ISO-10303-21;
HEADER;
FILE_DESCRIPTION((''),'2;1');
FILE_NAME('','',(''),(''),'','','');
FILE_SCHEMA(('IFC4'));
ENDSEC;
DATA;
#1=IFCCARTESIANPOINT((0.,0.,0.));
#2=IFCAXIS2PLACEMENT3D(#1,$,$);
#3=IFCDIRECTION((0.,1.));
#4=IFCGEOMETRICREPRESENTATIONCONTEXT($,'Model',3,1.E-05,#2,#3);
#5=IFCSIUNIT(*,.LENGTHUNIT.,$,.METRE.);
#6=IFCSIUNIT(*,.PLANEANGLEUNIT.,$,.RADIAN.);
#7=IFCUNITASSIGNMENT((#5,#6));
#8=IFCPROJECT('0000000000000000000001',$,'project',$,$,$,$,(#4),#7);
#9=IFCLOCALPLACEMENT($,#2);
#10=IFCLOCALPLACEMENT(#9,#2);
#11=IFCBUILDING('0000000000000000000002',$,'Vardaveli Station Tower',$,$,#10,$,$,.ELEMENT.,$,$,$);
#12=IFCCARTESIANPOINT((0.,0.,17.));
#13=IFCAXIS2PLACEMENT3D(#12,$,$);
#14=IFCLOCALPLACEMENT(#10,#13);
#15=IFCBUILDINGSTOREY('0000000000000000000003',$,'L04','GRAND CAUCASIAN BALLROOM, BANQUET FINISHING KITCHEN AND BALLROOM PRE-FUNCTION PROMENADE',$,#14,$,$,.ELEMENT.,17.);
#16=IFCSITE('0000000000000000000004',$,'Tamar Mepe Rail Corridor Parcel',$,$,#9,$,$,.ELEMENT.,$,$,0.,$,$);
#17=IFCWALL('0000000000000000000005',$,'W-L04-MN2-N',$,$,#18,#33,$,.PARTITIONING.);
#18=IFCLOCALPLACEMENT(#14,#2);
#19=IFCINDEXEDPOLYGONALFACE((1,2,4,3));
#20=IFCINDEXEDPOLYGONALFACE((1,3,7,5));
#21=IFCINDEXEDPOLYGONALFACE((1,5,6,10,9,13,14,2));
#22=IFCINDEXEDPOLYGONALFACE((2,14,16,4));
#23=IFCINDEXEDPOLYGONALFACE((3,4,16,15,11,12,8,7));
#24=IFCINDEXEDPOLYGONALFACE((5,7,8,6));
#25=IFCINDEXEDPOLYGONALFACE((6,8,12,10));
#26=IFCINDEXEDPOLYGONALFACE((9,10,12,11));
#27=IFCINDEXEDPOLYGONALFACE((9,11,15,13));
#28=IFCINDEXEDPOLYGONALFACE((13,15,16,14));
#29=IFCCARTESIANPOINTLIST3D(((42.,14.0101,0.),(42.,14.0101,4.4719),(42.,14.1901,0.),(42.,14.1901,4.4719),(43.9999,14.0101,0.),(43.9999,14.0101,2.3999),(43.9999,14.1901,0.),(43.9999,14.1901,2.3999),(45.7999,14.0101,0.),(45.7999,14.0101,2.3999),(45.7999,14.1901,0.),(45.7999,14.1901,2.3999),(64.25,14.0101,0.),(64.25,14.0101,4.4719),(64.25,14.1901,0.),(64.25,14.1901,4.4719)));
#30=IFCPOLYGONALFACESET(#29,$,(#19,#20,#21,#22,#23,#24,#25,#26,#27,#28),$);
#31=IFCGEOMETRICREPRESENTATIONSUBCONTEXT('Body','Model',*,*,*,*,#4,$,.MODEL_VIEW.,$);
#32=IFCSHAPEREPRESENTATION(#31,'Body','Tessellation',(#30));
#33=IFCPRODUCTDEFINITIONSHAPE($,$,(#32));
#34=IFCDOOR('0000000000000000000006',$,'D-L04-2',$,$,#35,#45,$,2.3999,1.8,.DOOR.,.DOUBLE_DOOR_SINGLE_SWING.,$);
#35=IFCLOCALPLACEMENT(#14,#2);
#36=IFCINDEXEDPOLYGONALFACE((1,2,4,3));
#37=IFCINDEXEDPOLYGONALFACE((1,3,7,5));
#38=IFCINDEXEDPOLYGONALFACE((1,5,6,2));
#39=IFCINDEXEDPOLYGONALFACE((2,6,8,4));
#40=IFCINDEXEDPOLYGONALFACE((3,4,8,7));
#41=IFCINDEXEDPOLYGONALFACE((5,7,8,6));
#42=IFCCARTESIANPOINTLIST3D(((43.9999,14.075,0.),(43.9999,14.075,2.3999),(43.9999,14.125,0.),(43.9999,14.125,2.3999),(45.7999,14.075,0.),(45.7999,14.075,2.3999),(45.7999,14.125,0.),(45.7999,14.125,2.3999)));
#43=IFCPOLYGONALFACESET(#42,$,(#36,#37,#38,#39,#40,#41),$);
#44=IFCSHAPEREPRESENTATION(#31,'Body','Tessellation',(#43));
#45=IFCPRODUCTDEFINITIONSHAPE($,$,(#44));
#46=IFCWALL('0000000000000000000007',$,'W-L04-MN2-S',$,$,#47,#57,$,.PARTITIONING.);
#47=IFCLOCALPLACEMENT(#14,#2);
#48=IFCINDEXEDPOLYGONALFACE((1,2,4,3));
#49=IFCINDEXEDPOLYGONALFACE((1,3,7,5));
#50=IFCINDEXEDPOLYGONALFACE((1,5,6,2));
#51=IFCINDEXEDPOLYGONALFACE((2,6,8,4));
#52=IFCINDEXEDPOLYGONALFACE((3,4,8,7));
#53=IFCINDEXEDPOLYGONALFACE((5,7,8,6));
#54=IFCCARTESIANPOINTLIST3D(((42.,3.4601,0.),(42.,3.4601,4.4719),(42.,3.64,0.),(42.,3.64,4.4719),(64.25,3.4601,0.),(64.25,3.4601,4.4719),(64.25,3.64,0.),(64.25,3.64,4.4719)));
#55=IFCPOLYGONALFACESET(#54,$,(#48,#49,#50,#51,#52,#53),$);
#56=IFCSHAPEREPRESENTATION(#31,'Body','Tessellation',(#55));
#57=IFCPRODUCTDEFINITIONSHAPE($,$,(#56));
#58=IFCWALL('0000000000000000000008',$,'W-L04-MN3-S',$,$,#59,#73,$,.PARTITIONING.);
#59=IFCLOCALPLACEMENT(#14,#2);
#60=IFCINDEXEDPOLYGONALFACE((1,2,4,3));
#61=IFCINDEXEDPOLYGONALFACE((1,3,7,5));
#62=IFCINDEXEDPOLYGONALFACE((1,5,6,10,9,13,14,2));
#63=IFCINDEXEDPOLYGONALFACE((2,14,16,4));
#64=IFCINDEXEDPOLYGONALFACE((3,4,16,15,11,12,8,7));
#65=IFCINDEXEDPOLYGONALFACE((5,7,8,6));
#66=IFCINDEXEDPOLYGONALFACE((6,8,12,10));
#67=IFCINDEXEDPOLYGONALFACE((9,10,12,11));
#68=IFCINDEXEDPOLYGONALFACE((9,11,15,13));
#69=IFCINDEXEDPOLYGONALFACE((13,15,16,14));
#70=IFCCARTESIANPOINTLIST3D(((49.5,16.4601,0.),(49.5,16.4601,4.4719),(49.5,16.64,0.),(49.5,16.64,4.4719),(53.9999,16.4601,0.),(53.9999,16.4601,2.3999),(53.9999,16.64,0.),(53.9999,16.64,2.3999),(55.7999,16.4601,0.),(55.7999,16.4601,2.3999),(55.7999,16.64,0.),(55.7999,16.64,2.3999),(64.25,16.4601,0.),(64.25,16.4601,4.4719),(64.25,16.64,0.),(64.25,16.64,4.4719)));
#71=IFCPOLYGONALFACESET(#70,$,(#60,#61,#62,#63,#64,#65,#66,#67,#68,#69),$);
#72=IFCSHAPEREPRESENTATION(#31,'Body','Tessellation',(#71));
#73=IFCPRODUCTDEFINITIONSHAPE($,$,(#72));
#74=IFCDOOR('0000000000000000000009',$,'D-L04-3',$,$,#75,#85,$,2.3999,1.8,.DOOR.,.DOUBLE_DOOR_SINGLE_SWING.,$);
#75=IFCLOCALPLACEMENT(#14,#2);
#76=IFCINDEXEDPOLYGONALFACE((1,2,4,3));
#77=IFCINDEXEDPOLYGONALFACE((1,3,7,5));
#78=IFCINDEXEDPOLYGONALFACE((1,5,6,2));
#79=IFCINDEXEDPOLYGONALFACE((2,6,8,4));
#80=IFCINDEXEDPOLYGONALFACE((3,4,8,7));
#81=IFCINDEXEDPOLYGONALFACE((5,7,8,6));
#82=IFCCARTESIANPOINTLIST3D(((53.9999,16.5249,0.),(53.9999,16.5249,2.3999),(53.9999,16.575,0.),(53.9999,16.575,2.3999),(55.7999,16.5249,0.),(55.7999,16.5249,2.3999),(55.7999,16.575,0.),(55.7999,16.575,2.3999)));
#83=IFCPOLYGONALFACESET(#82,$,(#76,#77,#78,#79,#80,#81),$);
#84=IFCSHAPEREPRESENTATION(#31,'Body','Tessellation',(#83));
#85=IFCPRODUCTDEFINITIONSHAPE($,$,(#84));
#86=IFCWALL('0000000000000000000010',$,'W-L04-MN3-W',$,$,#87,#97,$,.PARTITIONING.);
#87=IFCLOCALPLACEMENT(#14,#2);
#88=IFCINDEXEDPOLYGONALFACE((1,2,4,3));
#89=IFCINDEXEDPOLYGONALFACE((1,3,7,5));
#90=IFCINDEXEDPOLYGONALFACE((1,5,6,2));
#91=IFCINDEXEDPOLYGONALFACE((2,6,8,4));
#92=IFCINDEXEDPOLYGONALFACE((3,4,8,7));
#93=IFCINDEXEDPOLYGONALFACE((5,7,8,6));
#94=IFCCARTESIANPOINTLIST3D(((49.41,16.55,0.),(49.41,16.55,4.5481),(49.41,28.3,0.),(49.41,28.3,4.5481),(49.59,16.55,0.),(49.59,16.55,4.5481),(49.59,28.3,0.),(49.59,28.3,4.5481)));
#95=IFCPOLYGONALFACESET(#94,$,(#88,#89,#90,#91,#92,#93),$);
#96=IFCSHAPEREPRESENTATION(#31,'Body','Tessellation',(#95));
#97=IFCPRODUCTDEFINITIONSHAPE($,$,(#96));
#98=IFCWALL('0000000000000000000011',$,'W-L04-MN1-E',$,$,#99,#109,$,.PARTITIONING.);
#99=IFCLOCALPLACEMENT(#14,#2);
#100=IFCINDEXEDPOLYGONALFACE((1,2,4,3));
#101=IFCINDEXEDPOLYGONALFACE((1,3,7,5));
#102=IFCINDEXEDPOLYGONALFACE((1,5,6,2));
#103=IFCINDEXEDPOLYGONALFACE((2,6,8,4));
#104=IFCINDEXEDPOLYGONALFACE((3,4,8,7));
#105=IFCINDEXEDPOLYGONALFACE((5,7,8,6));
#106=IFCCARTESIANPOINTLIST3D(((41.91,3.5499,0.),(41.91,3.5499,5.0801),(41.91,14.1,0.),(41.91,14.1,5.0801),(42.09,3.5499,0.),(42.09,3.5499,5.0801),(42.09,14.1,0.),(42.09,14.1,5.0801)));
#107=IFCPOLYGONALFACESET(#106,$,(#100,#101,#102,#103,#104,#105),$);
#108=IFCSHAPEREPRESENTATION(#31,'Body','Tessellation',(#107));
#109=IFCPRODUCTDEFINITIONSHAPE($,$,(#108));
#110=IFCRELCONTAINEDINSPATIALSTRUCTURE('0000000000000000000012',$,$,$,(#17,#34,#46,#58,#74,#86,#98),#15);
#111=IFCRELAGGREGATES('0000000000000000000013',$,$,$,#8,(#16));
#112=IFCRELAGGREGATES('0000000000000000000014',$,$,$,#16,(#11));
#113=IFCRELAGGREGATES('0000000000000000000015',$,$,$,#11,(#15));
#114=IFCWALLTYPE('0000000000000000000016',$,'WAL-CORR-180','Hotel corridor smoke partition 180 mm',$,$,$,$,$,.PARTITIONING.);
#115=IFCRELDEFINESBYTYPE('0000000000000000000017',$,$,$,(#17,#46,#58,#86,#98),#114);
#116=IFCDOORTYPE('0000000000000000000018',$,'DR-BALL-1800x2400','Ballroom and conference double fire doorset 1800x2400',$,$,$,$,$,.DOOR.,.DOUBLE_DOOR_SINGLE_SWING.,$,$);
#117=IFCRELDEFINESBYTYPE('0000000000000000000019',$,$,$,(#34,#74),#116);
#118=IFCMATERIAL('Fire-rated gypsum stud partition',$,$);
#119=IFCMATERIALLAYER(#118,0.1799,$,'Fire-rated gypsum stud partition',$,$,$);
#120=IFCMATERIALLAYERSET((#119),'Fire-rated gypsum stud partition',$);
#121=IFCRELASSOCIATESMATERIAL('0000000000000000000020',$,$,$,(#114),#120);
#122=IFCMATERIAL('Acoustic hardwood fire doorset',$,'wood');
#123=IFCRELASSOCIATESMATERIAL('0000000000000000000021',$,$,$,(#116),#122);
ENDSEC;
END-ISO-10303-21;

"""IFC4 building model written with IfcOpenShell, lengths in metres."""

from ifc_helpers import new_model, si_unit, direction, frame, frame_2d, origin, place, context, subcontext, project, spatial, rectangle, extrude, source, transform, mapped, material, layer, layer_set, type_object, element, fill, save


model = new_model("IFC4")

# Units and contexts
model_context = context("Model", 3, precision=1e-05, world=origin(), true_north=direction((0.0, 1.0)))
body_context = subcontext(model_context, "Body", "Model", "MODEL_VIEW")
ifc_project = project(units=[si_unit("LENGTHUNIT", "METRE"), si_unit("PLANEANGLEUNIT", "RADIAN")], contexts=[model_context])

# Site, building, storey
site_placement = place(None, origin())
site = spatial("IfcSite", under=ifc_project, at=site_placement, Name="Tamar Mepe Rail Corridor Parcel", CompositionType="ELEMENT", RefElevation=0.0)
building_placement = place(site_placement, origin())
building = spatial("IfcBuilding", under=site, at=building_placement, Name="Vardaveli Station Tower", CompositionType="ELEMENT")
storey_placement = place(building_placement, frame((0.0, 0.0, 17.0)))
storey = spatial("IfcBuildingStorey", under=building, at=storey_placement, Name="L04", Description="GRAND CAUCASIAN BALLROOM, BANQUET FINISHING KITCHEN AND BALLROOM PRE-FUNCTION PROMENADE", CompositionType="ELEMENT", Elevation=17.0)

# Wall, opening, door
ifc_material_1 = material(Name="Fire-rated gypsum stud partition")
ifc_layer_1 = layer(ifc_material_1, 0.1799, Name="Fire-rated gypsum stud partition")
ifc_layer_set_1 = layer_set([ifc_layer_1], Name="Fire-rated gypsum stud partition")
wall_type = type_object("IfcWallType", Name="WAL-CORR-180", Description="Hotel corridor smoke partition 180 mm", PredefinedType="PARTITIONING", material=ifc_layer_set_1)
shared_shape_1 = source(origin(), body_context, "Body", "SweptSolid", [
    extrude(rectangle(XDim=22.25, YDim=0.1799, at=frame_2d((11.125, 0.0))), origin(), (0.0, 0.0, 1.0), 4.4719),
])
wall_1_placement = place(storey_placement, frame((42.0, 14.1001, 0.0), z_axis=(0.0, 0.0, 1.0), x_axis=(1.0, 0.0, 0.0)))
wall_1 = element("IfcWall", 1, at=wall_1_placement, inside=storey, type_object=wall_type, Name="W-L04-MN2-N", PredefinedType="PARTITIONING", context=body_context, shape_type="MappedRepresentation", body=[
    mapped(shared_shape_1, transform((0.0, 0.0, 0.0), scale=1.0)),
])
shared_shape_2 = source(origin(), body_context, "Body", "SweptSolid", [
    extrude(rectangle(XDim=1.8, YDim=2.3999, at=frame_2d((0.8999, 1.2))), frame((0.0, 0.1001, 0.0), z_axis=(0.0, -1.0, 0.0), x_axis=(1.0, 0.0, 0.0)), (0.0, 0.0, 1.0), 0.2),
])
opening_1_placement = place(wall_1_placement, frame((2.0, 0.0, 0.0)))
opening_1 = element("IfcOpeningElement", 2, at=opening_1_placement, cuts=wall_1, PredefinedType="OPENING", context=body_context, shape_type="MappedRepresentation", body=[
    mapped(shared_shape_2, transform((0.0, 0.0, 0.0), scale=1.0)),
])
ifc_material_2 = material(Name="Acoustic hardwood fire doorset", Category="wood")
door_type = type_object("IfcDoorType", Name="DR-BALL-1800x2400", Description="Ballroom and conference double fire doorset 1800x2400", OperationType="DOUBLE_DOOR_SINGLE_SWING", PredefinedType="DOOR", material=ifc_material_2)
shared_shape_3 = source(origin(), body_context, "Body", "SweptSolid", [
    extrude(rectangle(XDim=1.8, YDim=2.3999, at=frame_2d((0.8999, 1.2))), frame((0.0, 0.0249, 0.0), z_axis=(0.0, -1.0, 0.0), x_axis=(1.0, 0.0, 0.0)), (0.0, 0.0, 1.0), 0.05),
])
door_1_placement = place(opening_1_placement, origin())
door_1 = element("IfcDoor", 3, at=door_1_placement, inside=storey, type_object=door_type, Name="D-L04-2", OperationType="DOUBLE_DOOR_SINGLE_SWING", OverallHeight=2.3999, OverallWidth=1.8, PredefinedType="DOOR", context=body_context, shape_type="MappedRepresentation", body=[
    mapped(shared_shape_3, transform((0.0, 0.0, 0.0), scale=1.0)),
])
fill(opening_1, door_1)

# Wall
wall_2_placement = place(storey_placement, frame((42.0, 3.55, 0.0), z_axis=(0.0, 0.0, 1.0), x_axis=(1.0, 0.0, 0.0)))
element("IfcWall", 4, at=wall_2_placement, inside=storey, type_object=wall_type, Name="W-L04-MN2-S", PredefinedType="PARTITIONING", context=body_context, shape_type="MappedRepresentation", body=[
    mapped(shared_shape_1, transform((0.0, 0.0, 0.0), scale=1.0)),
])

# Wall, opening, door
shared_shape_4 = source(origin(), body_context, "Body", "SweptSolid", [
    extrude(rectangle(XDim=14.75, YDim=0.1799, at=frame_2d((7.375, 0.0))), origin(), (0.0, 0.0, 1.0), 4.4719),
])
wall_3_placement = place(storey_placement, frame((49.5, 16.55, 0.0), z_axis=(0.0, 0.0, 1.0), x_axis=(1.0, 0.0, 0.0)))
wall_3 = element("IfcWall", 5, at=wall_3_placement, inside=storey, type_object=wall_type, Name="W-L04-MN3-S", PredefinedType="PARTITIONING", context=body_context, shape_type="MappedRepresentation", body=[
    mapped(shared_shape_4, transform((0.0, 0.0, 0.0), scale=1.0)),
])
opening_2_placement = place(wall_3_placement, frame((4.5, 0.0, 0.0)))
opening_2 = element("IfcOpeningElement", 6, at=opening_2_placement, cuts=wall_3, PredefinedType="OPENING", context=body_context, shape_type="MappedRepresentation", body=[
    mapped(shared_shape_2, transform((0.0, 0.0, 0.0), scale=1.0)),
])
door_2_placement = place(opening_2_placement, origin())
door_2 = element("IfcDoor", 7, at=door_2_placement, inside=storey, type_object=door_type, Name="D-L04-3", OperationType="DOUBLE_DOOR_SINGLE_SWING", OverallHeight=2.3999, OverallWidth=1.8, PredefinedType="DOOR", context=body_context, shape_type="MappedRepresentation", body=[
    mapped(shared_shape_3, transform((0.0, 0.0, 0.0), scale=1.0)),
])
fill(opening_2, door_2)

# Walls
shared_shape_5 = source(origin(), body_context, "Body", "SweptSolid", [
    extrude(rectangle(XDim=11.75, YDim=0.1799, at=frame_2d((5.875, 0.0))), origin(), (0.0, 0.0, 1.0), 4.5481),
])
wall_4_placement = place(storey_placement, frame((49.5, 16.55, 0.0), z_axis=(0.0, 0.0, 1.0), x_axis=(0.0, 1.0, 0.0)))
element("IfcWall", 8, at=wall_4_placement, inside=storey, type_object=wall_type, Name="W-L04-MN3-W", PredefinedType="PARTITIONING", context=body_context, shape_type="MappedRepresentation", body=[
    mapped(shared_shape_5, transform((0.0, 0.0, 0.0), scale=1.0)),
])
shared_shape_6 = source(origin(), body_context, "Body", "SweptSolid", [
    extrude(rectangle(XDim=10.55, YDim=0.1799, at=frame_2d((5.2749, 0.0))), origin(), (0.0, 0.0, 1.0), 5.0801),
])
wall_5_placement = place(storey_placement, frame((42.0, 3.55, 0.0), z_axis=(0.0, 0.0, 1.0), x_axis=(0.0, 1.0, 0.0)))
element("IfcWall", 9, at=wall_5_placement, inside=storey, type_object=wall_type, Name="W-L04-MN1-E", PredefinedType="PARTITIONING", context=body_context, shape_type="MappedRepresentation", body=[
    mapped(shared_shape_6, transform((0.0, 0.0, 0.0), scale=1.0)),
])

save(model, "model.ifc")
